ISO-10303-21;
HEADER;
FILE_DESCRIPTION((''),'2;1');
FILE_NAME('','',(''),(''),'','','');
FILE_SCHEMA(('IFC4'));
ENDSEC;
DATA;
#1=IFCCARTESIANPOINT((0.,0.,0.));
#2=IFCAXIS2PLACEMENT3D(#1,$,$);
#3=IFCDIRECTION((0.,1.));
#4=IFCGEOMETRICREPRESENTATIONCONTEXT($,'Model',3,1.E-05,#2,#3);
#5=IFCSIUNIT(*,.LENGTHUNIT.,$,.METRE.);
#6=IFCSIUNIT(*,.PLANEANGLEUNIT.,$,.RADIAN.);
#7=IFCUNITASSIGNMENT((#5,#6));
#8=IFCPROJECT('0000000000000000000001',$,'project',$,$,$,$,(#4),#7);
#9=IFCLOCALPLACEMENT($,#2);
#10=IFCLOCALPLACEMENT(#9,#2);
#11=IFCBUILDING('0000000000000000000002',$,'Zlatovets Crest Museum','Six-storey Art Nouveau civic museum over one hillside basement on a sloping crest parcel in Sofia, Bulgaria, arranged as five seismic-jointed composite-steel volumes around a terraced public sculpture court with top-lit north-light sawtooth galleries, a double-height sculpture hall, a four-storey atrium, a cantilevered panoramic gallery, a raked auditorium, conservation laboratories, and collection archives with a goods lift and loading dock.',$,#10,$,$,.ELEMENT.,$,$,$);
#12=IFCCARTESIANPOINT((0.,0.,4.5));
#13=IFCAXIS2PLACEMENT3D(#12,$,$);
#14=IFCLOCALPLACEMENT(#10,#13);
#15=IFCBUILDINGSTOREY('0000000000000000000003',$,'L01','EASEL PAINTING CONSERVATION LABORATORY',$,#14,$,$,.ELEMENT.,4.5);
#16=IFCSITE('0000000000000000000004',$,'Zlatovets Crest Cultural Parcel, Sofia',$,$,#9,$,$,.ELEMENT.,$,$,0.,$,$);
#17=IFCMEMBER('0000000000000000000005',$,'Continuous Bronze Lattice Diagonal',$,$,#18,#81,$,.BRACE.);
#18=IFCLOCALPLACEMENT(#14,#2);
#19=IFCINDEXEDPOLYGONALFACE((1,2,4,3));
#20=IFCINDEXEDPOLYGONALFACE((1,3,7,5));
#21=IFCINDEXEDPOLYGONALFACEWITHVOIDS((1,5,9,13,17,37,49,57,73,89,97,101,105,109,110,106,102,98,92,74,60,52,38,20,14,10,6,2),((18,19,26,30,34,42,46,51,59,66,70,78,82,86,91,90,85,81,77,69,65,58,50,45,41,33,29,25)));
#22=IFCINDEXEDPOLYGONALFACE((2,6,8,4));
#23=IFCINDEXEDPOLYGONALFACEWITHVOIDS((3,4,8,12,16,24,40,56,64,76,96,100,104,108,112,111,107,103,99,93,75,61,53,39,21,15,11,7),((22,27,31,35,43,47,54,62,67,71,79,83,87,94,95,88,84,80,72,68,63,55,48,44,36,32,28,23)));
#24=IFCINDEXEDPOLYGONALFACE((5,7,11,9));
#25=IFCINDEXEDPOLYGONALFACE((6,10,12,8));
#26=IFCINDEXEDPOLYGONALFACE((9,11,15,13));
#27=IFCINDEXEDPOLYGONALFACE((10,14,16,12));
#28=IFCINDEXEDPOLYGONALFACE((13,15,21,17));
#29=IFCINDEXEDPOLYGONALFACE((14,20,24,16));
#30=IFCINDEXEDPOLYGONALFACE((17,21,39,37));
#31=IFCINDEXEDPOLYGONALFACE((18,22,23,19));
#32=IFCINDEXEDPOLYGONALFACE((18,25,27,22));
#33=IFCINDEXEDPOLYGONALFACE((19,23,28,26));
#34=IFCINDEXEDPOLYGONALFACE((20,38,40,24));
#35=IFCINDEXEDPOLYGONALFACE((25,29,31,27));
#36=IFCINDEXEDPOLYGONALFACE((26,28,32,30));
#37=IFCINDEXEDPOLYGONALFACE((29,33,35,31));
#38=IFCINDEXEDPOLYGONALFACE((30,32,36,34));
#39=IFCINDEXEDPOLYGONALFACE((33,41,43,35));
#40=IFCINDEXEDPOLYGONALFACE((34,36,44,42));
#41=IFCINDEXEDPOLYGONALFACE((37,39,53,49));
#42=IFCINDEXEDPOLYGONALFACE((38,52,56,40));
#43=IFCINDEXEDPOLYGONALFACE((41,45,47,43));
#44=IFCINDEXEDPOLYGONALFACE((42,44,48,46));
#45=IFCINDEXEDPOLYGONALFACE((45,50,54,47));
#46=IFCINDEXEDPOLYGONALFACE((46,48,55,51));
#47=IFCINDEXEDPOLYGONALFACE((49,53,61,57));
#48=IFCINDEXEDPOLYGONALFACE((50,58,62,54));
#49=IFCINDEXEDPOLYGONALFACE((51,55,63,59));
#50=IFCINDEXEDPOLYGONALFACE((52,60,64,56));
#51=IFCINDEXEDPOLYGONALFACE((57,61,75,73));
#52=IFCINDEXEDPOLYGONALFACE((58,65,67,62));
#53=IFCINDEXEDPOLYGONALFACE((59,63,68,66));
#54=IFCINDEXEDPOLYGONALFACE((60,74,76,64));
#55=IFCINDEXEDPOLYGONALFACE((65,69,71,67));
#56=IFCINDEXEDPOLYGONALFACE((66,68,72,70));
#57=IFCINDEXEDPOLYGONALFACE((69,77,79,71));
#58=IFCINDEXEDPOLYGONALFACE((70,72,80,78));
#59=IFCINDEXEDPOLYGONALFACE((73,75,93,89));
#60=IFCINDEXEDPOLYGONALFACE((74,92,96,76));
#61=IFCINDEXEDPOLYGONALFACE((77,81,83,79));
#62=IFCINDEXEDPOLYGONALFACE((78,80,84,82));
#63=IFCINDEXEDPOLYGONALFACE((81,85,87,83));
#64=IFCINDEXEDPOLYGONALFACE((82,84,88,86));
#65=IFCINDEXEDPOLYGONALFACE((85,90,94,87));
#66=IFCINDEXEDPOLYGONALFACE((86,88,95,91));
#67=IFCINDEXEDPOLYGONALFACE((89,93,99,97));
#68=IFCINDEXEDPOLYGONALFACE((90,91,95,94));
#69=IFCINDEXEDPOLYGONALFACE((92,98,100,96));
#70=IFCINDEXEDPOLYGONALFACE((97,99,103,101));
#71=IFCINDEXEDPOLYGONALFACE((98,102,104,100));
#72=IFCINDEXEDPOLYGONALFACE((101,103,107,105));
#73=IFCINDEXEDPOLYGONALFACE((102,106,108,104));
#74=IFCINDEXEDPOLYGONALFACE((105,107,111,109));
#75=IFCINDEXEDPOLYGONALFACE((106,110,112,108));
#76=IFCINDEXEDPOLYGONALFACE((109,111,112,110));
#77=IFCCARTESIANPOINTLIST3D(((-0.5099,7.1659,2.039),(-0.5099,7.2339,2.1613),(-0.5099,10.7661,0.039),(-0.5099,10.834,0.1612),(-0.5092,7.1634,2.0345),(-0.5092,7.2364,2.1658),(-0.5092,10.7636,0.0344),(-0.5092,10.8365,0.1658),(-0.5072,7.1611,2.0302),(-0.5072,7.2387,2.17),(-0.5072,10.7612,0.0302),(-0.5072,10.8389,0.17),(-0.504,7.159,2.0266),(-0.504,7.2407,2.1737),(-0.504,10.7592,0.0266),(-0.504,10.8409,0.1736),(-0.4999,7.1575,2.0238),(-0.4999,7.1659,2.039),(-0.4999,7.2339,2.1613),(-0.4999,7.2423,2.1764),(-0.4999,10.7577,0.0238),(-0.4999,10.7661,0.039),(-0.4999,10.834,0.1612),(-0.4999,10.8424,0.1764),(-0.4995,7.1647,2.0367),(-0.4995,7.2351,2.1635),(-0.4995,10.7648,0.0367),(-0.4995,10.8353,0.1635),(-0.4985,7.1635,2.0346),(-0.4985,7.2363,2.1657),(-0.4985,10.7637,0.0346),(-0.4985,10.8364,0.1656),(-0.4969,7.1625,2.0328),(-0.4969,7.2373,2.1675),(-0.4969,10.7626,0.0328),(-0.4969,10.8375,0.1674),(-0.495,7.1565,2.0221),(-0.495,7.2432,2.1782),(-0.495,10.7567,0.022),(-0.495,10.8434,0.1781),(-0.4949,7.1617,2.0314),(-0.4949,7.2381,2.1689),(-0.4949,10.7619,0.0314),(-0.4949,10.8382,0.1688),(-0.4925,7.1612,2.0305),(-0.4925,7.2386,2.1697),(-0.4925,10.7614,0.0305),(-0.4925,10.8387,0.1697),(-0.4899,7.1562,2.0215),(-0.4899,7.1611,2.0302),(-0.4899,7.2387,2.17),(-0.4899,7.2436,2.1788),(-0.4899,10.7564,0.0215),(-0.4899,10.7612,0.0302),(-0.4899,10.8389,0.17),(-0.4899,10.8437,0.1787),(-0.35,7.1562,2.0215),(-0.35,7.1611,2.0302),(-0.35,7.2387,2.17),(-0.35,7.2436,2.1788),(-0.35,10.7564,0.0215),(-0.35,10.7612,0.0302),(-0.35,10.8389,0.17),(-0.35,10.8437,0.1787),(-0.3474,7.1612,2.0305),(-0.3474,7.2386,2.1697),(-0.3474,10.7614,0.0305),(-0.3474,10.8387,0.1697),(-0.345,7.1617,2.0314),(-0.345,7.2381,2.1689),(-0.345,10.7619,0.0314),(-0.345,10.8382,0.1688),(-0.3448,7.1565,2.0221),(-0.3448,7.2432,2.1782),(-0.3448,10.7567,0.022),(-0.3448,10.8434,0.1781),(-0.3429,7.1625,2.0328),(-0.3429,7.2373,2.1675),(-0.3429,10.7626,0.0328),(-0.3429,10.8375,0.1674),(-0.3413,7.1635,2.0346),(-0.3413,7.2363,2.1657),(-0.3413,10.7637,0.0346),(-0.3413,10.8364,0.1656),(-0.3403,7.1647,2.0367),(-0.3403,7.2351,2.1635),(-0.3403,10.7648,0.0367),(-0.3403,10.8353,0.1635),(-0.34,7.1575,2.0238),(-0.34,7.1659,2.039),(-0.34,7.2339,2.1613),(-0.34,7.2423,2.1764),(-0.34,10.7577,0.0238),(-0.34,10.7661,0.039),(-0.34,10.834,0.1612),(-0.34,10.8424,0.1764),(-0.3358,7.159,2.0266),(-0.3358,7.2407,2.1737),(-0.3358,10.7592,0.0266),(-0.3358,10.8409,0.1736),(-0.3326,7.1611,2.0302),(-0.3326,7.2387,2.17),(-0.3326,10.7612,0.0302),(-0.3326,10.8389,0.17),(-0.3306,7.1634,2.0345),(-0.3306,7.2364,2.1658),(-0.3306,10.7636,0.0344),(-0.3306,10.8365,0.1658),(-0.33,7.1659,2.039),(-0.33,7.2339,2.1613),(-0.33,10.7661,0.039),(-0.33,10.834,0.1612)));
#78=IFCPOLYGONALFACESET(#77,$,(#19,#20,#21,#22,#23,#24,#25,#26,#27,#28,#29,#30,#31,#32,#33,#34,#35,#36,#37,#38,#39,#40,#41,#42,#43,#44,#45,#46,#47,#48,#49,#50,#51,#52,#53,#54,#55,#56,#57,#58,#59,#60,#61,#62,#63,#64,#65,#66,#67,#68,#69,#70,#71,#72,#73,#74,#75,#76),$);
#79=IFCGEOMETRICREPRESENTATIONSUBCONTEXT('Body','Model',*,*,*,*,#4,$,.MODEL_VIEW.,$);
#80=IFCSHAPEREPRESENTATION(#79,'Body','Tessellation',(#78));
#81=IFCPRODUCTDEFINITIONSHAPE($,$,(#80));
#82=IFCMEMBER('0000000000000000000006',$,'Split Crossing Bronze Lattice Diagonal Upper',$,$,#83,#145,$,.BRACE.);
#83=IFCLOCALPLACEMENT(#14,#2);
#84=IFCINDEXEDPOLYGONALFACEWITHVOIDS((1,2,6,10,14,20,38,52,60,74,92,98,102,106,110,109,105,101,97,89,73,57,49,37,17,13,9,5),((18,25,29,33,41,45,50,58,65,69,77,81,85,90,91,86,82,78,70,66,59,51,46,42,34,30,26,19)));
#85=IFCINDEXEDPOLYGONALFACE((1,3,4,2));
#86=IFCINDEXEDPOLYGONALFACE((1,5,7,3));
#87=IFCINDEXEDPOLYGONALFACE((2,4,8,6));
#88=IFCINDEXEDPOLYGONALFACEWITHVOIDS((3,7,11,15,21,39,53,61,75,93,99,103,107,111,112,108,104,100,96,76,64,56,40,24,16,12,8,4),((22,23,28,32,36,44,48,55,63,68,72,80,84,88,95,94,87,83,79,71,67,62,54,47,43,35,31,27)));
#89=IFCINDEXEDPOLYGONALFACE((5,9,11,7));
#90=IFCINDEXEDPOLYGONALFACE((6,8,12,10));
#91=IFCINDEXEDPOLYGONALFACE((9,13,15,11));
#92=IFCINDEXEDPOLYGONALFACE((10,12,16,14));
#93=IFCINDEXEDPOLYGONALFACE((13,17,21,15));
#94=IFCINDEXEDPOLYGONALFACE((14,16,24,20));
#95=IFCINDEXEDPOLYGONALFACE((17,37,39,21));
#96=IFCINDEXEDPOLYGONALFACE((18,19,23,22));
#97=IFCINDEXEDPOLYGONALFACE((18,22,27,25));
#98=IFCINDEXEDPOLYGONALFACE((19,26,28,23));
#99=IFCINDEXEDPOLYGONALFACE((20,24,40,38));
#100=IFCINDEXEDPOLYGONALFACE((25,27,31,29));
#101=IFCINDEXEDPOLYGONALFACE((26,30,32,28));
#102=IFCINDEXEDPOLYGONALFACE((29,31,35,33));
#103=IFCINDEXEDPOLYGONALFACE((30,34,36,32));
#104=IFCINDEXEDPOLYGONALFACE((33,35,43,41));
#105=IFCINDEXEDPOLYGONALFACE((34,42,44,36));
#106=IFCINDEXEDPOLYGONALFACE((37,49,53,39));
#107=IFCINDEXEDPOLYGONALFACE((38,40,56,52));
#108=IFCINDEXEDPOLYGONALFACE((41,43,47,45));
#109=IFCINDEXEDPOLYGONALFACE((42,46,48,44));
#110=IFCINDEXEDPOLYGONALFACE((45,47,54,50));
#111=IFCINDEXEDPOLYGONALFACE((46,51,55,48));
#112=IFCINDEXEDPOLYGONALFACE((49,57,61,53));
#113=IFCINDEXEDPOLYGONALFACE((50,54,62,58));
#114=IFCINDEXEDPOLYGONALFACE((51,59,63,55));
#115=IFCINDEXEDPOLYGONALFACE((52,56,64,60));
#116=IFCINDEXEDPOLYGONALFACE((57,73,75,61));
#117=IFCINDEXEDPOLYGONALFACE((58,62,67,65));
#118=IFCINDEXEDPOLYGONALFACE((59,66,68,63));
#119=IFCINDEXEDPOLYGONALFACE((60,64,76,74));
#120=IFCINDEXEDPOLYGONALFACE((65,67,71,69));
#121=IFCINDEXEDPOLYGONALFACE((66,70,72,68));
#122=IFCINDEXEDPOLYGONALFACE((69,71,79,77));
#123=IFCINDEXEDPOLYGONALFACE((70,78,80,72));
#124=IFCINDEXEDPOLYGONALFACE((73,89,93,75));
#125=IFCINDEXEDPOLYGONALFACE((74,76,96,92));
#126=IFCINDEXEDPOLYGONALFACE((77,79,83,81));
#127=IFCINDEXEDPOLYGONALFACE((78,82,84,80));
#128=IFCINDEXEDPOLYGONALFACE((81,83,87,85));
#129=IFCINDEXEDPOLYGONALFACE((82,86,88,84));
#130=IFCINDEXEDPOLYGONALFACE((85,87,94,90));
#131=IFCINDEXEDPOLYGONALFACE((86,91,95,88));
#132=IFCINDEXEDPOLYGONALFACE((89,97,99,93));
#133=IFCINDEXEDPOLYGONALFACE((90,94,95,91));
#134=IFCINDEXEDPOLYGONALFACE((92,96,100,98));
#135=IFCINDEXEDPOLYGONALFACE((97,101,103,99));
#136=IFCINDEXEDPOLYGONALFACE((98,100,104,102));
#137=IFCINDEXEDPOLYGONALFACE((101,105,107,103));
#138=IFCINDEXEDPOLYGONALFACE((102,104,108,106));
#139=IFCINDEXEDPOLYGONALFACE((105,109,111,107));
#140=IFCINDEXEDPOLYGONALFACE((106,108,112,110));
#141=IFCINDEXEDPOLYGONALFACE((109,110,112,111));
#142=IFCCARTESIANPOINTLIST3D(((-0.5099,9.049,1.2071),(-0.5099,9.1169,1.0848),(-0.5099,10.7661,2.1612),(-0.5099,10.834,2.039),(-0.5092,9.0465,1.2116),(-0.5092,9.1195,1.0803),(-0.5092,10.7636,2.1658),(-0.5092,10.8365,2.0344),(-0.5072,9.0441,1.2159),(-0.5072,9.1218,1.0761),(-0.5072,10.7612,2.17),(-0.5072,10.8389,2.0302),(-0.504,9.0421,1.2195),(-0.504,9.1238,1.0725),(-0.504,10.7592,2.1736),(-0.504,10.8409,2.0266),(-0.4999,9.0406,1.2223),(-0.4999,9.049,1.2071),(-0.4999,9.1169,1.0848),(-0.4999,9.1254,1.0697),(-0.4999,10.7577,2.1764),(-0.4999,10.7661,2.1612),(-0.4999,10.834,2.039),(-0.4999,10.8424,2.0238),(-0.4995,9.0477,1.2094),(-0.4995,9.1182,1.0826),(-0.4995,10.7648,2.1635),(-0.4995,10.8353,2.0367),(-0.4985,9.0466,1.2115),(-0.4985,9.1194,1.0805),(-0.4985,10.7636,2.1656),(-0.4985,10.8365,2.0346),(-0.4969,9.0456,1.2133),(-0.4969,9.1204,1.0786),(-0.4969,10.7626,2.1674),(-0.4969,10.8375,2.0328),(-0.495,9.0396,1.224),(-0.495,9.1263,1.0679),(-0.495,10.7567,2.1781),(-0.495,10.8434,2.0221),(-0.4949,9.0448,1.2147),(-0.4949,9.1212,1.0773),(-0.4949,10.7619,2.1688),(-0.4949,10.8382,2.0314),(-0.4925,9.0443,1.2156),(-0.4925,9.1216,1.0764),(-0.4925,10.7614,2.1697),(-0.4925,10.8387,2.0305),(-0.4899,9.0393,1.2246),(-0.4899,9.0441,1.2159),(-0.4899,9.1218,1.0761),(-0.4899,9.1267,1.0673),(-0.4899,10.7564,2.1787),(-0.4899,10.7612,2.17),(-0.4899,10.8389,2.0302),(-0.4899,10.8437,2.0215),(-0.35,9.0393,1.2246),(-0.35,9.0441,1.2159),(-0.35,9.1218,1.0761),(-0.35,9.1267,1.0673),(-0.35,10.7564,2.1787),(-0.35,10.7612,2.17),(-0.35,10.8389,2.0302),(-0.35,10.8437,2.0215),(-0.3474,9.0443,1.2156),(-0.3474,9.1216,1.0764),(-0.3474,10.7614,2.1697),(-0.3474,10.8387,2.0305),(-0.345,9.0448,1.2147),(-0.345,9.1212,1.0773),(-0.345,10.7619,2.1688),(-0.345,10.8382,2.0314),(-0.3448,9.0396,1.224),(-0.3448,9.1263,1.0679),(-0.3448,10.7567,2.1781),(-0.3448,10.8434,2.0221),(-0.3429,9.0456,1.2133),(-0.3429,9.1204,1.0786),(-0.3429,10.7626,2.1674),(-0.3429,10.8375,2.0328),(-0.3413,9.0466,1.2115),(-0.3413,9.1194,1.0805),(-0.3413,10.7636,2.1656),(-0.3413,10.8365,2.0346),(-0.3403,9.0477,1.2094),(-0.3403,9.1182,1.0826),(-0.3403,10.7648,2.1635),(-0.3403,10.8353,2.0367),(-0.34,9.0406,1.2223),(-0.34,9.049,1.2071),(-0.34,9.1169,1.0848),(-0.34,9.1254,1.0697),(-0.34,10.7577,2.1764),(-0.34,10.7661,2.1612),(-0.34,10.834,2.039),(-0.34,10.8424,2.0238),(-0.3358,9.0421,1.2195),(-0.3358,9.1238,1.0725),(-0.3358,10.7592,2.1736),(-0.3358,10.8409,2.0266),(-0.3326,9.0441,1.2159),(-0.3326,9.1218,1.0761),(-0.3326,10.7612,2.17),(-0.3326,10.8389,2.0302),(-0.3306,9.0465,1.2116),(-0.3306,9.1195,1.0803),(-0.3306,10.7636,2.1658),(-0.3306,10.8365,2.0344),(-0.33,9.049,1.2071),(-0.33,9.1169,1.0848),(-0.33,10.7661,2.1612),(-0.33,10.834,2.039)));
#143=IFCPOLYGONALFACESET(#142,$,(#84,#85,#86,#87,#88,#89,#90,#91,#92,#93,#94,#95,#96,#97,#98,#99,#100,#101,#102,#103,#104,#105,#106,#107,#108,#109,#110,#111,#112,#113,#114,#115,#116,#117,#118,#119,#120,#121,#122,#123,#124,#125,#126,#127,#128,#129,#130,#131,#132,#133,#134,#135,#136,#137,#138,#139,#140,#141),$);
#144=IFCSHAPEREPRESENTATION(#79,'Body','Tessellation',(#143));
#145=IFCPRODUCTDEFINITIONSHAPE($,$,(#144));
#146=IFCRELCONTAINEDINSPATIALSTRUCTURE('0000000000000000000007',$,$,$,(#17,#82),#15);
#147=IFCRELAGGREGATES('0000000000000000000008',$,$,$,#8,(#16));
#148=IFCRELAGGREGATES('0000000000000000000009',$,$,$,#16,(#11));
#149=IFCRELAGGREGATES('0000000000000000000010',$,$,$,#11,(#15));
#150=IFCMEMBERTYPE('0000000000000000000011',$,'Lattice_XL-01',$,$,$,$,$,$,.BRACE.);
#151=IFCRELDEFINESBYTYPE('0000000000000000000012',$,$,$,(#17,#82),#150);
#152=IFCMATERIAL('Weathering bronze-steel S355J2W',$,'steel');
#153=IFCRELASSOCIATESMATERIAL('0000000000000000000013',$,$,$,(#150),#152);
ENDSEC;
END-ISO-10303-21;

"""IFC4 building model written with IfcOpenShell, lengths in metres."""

from ifc_helpers import new_model, si_unit, direction, frame, origin, origin_2d, place, context, subcontext, project, spatial, hollow_rectangle, extrude, material, material_profile, profile_set, type_object, element, save


model = new_model("IFC4")

# Units and contexts
model_context = context("Model", 3, precision=1e-05, world=origin(), true_north=direction((0.0, 1.0)))
body_context = subcontext(model_context, "Body", "Model", "MODEL_VIEW")
ifc_project = project(units=[si_unit("LENGTHUNIT", "METRE"), si_unit("PLANEANGLEUNIT", "RADIAN")], contexts=[model_context])

# Site, building, storey
site_placement = place(None, origin())
site = spatial("IfcSite", under=ifc_project, at=site_placement, Name="Zlatovets Crest Cultural Parcel, Sofia", CompositionType="ELEMENT", RefElevation=0.0)
building_placement = place(site_placement, origin())
building = spatial("IfcBuilding", under=site, at=building_placement, Name="Zlatovets Crest Museum", Description="Six-storey Art Nouveau civic museum over one hillside basement on a sloping crest parcel in Sofia, Bulgaria, arranged as five seismic-jointed composite-steel volumes around a terraced public sculpture court with top-lit north-light sawtooth galleries, a double-height sculpture hall, a four-storey atrium, a cantilevered panoramic gallery, a raked auditorium, conservation laboratories, and collection archives with a goods lift and loading dock.", CompositionType="ELEMENT")
storey_placement = place(building_placement, frame((0.0, 0.0, 4.5)))
storey = spatial("IfcBuildingStorey", under=building, at=storey_placement, Name="L01", Description="EASEL PAINTING CONSERVATION LABORATORY", CompositionType="ELEMENT", Elevation=4.5)

# Members
ifc_material_1 = material(Name="Weathering bronze-steel S355J2W", Category="steel")
ifc_material_profile_1 = material_profile(ifc_material_1, hollow_rectangle(XDim=0.1799, YDim=0.1799, WallThickness=0.01, InnerFilletRadius=0.01, OuterFilletRadius=0.02, at=origin_2d()), Name="SHS 180x180x10.0")
ifc_profile_set_1 = profile_set([ifc_material_profile_1], Name="Weathering bronze-steel S355J2W")
member_type = type_object("IfcMemberType", Name="Lattice_XL-01", PredefinedType="BRACE", material=ifc_profile_set_1)
member_1_placement = place(storey_placement, frame((-0.4199, 10.8, 0.1001), z_axis=(0.0, -0.874163, 0.485633), x_axis=(1.0, 0.0, 0.0)))
element("IfcMember", 1, at=member_1_placement, inside=storey, type_object=member_type, Name="Continuous Bronze Lattice Diagonal", PredefinedType="BRACE", context=body_context, shape_type="SweptSolid", body=[
    extrude(hollow_rectangle(XDim=0.1799, YDim=0.1799, WallThickness=0.01, InnerFilletRadius=0.01, OuterFilletRadius=0.02, at=origin_2d()), origin(), (0.0, 0.0, 1.0), 4.1184),
])
member_2_placement = place(storey_placement, frame((-0.4199, 10.8, 2.1001), z_axis=(0.0, -0.874116, -0.485717), x_axis=(1.0, 0.0, 0.0)))
element("IfcMember", 2, at=member_2_placement, inside=storey, type_object=member_type, Name="Split Crossing Bronze Lattice Diagonal Upper", PredefinedType="BRACE", context=body_context, shape_type="SweptSolid", body=[
    extrude(hollow_rectangle(XDim=0.1799, YDim=0.1799, WallThickness=0.01, InnerFilletRadius=0.01, OuterFilletRadius=0.02, at=origin_2d()), origin(), (0.0, 0.0, 1.0), 1.9644),
])

save(model, "model.ifc")
